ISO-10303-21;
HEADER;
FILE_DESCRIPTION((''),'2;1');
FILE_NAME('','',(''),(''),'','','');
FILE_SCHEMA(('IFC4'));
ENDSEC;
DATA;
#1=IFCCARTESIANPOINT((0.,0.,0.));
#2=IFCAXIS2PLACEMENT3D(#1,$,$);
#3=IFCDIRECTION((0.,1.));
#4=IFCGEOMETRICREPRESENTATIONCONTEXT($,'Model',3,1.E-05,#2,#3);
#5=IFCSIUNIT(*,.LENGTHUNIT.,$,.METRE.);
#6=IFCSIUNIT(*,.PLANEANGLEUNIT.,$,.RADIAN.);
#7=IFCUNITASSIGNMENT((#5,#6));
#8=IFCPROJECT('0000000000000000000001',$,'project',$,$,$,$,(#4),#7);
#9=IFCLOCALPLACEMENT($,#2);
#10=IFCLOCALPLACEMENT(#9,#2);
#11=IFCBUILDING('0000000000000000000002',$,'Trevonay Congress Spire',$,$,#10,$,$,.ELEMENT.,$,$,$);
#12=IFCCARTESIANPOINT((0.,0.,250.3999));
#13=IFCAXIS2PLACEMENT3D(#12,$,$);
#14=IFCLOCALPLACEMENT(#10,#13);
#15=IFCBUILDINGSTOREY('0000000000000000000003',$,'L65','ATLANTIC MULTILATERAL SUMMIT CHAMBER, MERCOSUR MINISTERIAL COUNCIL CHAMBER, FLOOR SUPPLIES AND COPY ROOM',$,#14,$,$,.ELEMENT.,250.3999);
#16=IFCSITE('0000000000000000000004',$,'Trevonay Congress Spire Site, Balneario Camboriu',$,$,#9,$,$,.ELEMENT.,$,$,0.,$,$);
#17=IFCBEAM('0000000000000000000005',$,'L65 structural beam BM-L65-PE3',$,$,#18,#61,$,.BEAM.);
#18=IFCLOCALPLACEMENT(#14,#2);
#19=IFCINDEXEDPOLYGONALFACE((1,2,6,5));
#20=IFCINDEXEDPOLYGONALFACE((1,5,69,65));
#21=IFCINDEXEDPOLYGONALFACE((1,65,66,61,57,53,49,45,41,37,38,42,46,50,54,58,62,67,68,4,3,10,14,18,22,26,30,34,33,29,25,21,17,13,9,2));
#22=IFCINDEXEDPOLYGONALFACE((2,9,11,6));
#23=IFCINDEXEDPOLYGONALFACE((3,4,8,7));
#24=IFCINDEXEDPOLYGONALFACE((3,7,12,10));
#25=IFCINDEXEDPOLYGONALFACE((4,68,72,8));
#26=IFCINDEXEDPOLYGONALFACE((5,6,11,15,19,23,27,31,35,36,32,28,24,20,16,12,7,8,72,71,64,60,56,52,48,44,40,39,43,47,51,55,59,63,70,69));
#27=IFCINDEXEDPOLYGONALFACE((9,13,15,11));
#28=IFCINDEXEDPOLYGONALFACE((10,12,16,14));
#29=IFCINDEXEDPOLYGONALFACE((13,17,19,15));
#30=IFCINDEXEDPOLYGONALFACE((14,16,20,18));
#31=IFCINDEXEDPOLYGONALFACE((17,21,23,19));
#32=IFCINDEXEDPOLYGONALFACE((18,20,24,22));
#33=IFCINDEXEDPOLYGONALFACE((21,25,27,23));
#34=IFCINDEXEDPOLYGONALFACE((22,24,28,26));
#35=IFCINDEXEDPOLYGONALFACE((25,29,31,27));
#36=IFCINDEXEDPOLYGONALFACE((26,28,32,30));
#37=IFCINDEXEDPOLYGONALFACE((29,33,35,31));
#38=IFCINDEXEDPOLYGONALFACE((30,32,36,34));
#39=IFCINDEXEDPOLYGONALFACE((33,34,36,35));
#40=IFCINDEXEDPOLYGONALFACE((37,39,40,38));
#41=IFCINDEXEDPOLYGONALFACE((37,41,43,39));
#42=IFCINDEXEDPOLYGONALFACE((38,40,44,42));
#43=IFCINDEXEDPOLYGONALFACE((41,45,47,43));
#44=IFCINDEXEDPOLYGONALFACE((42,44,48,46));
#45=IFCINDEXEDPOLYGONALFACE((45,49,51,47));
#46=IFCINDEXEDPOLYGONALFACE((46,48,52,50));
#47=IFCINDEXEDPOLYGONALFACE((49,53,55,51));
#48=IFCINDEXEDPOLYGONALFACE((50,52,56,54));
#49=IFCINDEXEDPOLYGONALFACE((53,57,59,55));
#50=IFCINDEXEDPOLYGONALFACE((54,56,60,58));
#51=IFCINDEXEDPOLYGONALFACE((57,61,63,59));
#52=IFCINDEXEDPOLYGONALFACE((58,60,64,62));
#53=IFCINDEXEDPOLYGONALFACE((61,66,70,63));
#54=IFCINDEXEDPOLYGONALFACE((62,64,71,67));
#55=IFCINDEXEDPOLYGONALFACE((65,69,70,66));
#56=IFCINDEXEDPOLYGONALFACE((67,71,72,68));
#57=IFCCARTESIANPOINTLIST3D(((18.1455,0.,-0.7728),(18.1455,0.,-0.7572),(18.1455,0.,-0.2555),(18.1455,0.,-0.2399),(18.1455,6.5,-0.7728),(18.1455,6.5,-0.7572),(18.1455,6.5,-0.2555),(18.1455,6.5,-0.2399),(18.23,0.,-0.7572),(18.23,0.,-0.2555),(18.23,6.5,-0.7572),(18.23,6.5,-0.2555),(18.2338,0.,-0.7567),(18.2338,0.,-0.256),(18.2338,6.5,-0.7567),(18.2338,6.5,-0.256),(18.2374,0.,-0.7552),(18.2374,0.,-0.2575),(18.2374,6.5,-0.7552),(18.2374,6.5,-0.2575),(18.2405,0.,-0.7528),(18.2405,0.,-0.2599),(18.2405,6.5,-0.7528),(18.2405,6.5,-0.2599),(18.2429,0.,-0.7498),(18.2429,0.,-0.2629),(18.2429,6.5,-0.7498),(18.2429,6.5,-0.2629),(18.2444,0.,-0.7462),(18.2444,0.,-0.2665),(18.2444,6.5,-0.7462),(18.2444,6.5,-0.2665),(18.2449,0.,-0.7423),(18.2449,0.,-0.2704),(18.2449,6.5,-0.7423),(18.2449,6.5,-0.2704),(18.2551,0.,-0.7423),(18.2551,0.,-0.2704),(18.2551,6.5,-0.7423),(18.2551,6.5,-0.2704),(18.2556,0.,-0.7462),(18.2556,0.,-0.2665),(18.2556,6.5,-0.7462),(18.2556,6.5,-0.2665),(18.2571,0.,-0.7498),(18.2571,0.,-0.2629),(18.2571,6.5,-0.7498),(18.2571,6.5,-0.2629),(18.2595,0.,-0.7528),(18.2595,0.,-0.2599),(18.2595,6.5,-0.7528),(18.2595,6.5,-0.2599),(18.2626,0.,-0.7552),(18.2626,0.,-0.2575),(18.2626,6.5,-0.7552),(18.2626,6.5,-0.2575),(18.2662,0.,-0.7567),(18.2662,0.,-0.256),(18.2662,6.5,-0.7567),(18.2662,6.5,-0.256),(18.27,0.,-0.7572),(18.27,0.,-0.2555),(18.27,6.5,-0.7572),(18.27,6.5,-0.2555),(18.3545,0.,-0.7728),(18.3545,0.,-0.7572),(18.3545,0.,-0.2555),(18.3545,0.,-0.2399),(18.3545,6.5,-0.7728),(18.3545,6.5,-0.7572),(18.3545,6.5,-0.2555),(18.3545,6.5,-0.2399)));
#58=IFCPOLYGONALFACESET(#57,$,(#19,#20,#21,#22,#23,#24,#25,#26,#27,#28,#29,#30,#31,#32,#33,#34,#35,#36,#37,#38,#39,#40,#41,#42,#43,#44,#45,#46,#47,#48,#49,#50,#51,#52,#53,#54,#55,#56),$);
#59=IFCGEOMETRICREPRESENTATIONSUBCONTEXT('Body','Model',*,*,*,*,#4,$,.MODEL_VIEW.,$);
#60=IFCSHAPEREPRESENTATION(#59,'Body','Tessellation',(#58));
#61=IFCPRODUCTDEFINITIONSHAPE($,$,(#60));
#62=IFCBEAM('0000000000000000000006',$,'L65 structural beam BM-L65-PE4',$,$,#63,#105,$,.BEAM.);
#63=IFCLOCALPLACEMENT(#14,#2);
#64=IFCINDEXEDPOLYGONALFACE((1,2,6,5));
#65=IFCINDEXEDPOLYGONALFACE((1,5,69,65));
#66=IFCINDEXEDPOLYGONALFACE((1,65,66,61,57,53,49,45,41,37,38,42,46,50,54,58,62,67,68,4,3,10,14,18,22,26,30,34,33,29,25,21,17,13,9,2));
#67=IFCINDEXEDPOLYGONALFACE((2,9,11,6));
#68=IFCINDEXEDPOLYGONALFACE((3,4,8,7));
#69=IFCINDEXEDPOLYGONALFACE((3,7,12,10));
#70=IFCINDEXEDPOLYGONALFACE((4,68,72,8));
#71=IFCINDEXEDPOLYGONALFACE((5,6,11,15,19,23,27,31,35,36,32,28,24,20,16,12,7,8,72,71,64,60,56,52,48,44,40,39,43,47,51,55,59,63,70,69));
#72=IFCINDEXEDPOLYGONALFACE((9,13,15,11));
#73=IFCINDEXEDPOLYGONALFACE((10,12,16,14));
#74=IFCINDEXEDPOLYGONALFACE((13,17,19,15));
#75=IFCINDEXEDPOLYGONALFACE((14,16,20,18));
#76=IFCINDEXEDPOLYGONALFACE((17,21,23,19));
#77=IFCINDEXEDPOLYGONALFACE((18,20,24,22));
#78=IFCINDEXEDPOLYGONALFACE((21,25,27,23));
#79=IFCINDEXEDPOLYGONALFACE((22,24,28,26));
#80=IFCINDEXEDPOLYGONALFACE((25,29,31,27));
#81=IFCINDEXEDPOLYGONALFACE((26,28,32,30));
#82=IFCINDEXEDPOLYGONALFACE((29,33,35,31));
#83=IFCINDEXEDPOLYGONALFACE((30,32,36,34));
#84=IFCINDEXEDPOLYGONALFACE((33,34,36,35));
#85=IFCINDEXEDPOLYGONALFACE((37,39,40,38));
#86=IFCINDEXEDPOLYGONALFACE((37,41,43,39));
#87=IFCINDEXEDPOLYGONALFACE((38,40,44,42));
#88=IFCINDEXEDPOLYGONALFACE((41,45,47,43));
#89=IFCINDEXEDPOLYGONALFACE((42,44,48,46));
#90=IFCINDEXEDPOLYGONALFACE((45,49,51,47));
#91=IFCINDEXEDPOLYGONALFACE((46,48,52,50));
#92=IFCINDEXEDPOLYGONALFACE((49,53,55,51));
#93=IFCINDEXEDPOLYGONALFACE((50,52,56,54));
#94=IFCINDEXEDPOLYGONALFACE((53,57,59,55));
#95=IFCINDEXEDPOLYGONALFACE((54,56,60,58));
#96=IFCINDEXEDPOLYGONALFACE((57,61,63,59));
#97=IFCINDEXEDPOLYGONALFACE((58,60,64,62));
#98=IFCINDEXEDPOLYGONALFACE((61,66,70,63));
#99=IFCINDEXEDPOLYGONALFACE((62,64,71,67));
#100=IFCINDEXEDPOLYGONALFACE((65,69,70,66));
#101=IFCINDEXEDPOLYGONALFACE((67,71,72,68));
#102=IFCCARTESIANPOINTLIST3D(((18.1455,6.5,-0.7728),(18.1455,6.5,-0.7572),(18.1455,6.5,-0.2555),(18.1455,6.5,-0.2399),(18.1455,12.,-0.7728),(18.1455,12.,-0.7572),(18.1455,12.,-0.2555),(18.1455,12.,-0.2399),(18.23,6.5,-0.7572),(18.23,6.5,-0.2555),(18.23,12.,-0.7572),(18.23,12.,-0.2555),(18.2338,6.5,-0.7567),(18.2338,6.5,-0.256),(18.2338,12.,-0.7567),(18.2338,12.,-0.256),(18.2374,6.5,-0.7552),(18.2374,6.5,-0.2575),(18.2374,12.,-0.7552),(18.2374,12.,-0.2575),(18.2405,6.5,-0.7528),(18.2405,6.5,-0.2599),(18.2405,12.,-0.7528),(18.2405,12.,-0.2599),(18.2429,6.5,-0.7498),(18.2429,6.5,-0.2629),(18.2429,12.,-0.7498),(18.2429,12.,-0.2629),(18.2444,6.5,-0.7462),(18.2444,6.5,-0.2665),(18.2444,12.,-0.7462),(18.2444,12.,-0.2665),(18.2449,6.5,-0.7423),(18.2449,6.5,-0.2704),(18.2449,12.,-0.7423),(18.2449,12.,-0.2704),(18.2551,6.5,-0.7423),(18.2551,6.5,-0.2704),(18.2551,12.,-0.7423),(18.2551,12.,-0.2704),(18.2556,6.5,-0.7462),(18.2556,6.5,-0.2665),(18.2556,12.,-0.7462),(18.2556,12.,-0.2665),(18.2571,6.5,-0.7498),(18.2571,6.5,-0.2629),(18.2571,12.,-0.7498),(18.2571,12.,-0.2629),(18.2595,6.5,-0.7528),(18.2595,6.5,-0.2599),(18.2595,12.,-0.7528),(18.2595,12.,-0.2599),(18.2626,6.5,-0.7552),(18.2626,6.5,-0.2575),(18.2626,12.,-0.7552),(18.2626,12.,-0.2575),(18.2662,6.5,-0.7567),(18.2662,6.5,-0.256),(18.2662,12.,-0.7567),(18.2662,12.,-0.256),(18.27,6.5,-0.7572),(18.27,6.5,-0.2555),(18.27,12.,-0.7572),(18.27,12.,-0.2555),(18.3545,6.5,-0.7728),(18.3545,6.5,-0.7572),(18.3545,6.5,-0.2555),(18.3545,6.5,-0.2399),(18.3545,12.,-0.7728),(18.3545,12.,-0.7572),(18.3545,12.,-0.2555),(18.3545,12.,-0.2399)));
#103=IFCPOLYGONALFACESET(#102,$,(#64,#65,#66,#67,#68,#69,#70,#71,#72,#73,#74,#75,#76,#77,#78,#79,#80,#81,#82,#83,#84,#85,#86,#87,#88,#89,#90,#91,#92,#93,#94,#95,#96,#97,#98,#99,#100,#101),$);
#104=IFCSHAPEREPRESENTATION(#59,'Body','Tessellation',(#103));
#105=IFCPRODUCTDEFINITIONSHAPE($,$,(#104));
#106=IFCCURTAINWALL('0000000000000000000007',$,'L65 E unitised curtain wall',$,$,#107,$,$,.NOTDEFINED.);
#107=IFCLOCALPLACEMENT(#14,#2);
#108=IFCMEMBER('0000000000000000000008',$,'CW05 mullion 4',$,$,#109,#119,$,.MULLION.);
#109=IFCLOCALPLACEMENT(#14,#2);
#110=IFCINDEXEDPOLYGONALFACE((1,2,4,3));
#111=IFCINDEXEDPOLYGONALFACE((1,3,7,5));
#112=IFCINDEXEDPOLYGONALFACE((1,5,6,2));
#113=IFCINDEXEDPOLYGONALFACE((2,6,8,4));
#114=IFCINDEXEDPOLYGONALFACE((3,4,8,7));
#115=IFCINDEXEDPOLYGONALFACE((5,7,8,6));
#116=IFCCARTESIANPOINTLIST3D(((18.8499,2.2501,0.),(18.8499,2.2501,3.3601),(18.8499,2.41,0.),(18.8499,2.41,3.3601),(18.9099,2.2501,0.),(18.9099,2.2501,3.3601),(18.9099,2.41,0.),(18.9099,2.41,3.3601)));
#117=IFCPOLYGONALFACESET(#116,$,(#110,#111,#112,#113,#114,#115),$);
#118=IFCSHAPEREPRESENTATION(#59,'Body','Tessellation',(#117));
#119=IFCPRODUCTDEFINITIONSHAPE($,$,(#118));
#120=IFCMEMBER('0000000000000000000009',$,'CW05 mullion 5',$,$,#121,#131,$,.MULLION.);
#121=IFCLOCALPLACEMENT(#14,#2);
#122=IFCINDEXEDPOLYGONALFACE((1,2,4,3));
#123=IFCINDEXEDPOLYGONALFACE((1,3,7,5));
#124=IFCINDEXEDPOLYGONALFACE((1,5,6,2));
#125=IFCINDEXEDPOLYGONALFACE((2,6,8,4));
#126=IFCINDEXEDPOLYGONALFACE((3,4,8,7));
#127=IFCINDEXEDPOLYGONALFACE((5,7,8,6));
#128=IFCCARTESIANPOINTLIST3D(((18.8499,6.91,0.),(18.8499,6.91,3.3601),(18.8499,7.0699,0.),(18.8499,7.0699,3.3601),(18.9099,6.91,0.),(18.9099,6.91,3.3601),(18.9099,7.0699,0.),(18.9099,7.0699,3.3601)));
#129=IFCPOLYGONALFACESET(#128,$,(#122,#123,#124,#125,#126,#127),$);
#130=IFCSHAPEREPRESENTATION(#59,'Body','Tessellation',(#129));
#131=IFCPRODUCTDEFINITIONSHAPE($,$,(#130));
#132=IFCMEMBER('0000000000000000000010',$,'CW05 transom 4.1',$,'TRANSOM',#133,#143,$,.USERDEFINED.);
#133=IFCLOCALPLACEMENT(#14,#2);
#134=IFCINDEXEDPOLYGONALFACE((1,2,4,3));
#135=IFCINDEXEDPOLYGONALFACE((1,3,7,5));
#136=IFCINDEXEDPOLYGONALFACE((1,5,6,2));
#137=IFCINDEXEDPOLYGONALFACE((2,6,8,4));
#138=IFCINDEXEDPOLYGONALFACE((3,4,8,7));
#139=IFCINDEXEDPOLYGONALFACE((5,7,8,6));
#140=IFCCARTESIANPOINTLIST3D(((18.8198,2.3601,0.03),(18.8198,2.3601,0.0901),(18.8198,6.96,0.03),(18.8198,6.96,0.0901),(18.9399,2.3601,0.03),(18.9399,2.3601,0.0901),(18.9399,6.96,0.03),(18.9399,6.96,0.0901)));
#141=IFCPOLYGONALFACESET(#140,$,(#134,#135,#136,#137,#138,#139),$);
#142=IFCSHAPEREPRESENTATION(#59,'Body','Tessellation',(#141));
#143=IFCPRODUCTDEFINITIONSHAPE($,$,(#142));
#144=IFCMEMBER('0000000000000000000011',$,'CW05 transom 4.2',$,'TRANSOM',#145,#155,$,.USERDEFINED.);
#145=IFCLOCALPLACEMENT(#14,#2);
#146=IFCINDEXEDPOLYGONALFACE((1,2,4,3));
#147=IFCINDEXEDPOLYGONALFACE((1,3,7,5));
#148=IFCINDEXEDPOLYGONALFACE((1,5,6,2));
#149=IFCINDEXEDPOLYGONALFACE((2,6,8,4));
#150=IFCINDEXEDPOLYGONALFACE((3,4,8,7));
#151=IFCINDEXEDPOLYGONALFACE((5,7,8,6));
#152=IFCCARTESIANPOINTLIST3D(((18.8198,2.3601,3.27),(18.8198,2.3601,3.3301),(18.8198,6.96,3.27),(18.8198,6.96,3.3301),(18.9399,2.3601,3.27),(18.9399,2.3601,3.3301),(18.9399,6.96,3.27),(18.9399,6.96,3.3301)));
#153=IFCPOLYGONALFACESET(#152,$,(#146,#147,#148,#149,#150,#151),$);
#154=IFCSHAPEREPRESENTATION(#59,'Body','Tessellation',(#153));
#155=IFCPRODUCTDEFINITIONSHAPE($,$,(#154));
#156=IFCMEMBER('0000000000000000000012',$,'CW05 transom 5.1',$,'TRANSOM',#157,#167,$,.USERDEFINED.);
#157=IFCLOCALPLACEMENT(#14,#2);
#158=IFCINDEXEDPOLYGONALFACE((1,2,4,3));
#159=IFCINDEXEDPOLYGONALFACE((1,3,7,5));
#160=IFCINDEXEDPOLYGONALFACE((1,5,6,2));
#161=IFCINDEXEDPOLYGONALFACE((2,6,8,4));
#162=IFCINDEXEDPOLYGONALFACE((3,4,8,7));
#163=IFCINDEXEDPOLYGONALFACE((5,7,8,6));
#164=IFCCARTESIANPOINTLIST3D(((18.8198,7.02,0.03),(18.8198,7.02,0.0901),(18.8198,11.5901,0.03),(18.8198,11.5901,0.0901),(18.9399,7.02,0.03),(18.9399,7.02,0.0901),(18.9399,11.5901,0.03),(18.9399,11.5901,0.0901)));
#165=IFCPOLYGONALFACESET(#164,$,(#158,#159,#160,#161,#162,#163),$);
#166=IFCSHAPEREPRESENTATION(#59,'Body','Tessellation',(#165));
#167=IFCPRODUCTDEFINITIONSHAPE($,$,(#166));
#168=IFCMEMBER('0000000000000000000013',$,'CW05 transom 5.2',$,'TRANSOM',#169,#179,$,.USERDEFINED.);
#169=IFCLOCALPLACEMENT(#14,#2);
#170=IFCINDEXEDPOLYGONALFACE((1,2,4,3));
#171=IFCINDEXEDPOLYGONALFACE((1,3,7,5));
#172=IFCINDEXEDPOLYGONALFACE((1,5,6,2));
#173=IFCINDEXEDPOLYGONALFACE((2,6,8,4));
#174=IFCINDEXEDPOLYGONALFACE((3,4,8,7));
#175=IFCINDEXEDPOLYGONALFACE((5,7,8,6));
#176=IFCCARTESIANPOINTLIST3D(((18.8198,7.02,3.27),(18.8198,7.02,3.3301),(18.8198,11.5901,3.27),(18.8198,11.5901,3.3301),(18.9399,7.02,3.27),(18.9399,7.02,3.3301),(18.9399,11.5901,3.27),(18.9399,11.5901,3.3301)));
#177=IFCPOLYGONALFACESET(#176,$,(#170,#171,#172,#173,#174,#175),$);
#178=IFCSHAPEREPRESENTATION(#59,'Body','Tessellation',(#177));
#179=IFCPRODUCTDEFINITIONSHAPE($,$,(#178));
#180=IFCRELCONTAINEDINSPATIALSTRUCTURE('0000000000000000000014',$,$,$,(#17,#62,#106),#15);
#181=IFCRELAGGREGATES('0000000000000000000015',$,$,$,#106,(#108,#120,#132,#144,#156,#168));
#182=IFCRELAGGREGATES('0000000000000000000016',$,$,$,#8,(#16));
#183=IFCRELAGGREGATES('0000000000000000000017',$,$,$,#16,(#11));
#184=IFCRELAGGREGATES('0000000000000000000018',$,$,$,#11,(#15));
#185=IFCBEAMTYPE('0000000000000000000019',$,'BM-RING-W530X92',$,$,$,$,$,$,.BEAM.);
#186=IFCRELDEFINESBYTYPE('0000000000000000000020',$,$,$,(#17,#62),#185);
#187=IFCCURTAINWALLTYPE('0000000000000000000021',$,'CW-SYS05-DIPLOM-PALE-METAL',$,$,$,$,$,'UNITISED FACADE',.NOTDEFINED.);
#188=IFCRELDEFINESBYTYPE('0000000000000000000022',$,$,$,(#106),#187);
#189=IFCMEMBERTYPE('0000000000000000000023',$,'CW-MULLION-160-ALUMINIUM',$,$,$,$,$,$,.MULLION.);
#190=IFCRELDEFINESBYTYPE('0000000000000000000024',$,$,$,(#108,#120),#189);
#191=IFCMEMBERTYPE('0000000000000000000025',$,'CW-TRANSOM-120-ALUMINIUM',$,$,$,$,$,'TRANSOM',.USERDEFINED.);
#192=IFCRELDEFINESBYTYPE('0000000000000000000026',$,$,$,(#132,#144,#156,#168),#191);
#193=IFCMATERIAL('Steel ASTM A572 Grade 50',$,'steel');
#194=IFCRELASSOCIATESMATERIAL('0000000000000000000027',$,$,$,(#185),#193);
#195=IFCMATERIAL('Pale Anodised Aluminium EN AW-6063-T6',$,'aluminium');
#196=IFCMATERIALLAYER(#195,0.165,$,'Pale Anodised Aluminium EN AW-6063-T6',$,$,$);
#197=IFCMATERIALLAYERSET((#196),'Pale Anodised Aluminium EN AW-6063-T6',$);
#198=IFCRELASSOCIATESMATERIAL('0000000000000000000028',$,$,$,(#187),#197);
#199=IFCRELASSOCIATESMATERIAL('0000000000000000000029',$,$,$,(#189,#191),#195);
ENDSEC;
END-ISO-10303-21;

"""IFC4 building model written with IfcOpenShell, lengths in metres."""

from ifc_helpers import new_model, si_unit, direction, frame, origin, origin_2d, place, context, subcontext, project, spatial, rectangle, i_section, extrude, material, layer, layer_set, material_profile, profile_set, type_object, element, aggregate, save


model = new_model("IFC4")

# Units and contexts
model_context = context("Model", 3, precision=1e-05, world=origin(), true_north=direction((0.0, 1.0)))
body_context = subcontext(model_context, "Body", "Model", "MODEL_VIEW")
ifc_project = project(units=[si_unit("LENGTHUNIT", "METRE"), si_unit("PLANEANGLEUNIT", "RADIAN")], contexts=[model_context])

# Site, building, storey
site_placement = place(None, origin())
site = spatial("IfcSite", under=ifc_project, at=site_placement, Name="Trevonay Congress Spire Site, Balneario Camboriu", CompositionType="ELEMENT", RefElevation=0.0)
building_placement = place(site_placement, origin())
building = spatial("IfcBuilding", under=site, at=building_placement, Name="Trevonay Congress Spire", CompositionType="ELEMENT")
storey_placement = place(building_placement, frame((0.0, 0.0, 250.3999)))
storey = spatial("IfcBuildingStorey", under=building, at=storey_placement, Name="L65", Description="ATLANTIC MULTILATERAL SUMMIT CHAMBER, MERCOSUR MINISTERIAL COUNCIL CHAMBER, FLOOR SUPPLIES AND COPY ROOM", CompositionType="ELEMENT", Elevation=250.3999)

# Shared definitions
ifc_material_1 = material(Name="Steel ASTM A572 Grade 50", Category="steel")

# Beams
ifc_material_profile_1 = material_profile(ifc_material_1, i_section(OverallWidth=0.209, OverallDepth=0.533, WebThickness=0.0103, FlangeThickness=0.0156, FilletRadius=0.0149, at=origin_2d()), Name="W530x92")
ifc_profile_set_1 = profile_set([ifc_material_profile_1], Name="Steel ASTM A572 Grade 50")
beam_type_1 = type_object("IfcBeamType", Name="BM-RING-W530X92", PredefinedType="BEAM", material=ifc_profile_set_1)
beam_1_placement = place(storey_placement, frame((18.25, 0.0, -0.5063), z_axis=(0.0, 1.0, 0.0), x_axis=(-1.0, 0.0, 0.0)))
element("IfcBeam", 1, at=beam_1_placement, inside=storey, type_object=beam_type_1, Name="L65 structural beam BM-L65-PE3", PredefinedType="BEAM", context=body_context, shape_type="SweptSolid", body=[
    extrude(i_section(OverallWidth=0.209, OverallDepth=0.533, WebThickness=0.0103, FlangeThickness=0.0156, FilletRadius=0.0149, at=origin_2d()), origin(), (0.0, 0.0, 1.0), 6.5),
])
beam_2_placement = place(storey_placement, frame((18.25, 6.5, -0.5063), z_axis=(0.0, 1.0, 0.0), x_axis=(-1.0, 0.0, 0.0)))
element("IfcBeam", 2, at=beam_2_placement, inside=storey, type_object=beam_type_1, Name="L65 structural beam BM-L65-PE4", PredefinedType="BEAM", context=body_context, shape_type="SweptSolid", body=[
    extrude(i_section(OverallWidth=0.209, OverallDepth=0.533, WebThickness=0.0103, FlangeThickness=0.0156, FilletRadius=0.0149, at=origin_2d()), origin(), (0.0, 0.0, 1.0), 5.5),
])

# Curtain wall, members
ifc_material_2 = material(Name="Pale Anodised Aluminium EN AW-6063-T6", Category="aluminium")
ifc_layer_1 = layer(ifc_material_2, 0.165, Name="Pale Anodised Aluminium EN AW-6063-T6")
ifc_layer_set_1 = layer_set([ifc_layer_1], Name="Pale Anodised Aluminium EN AW-6063-T6")
curtain_wall_type = type_object("IfcCurtainWallType", Name="CW-SYS05-DIPLOM-PALE-METAL", ElementType="UNITISED FACADE", PredefinedType="NOTDEFINED", material=ifc_layer_set_1)
curtain_wall_placement = place(storey_placement, origin())
curtain_wall = element("IfcCurtainWall", 3, at=curtain_wall_placement, inside=storey, type_object=curtain_wall_type, Name="L65 E unitised curtain wall", PredefinedType="NOTDEFINED")
ifc_material_profile_2 = material_profile(ifc_material_2, rectangle(XDim=0.0601, YDim=0.1599, at=origin_2d()), Name="CW-MULLION-160-ALUMINIUM")
ifc_profile_set_2 = profile_set([ifc_material_profile_2], Name="Pale Anodised Aluminium EN AW-6063-T6")
member_type_1 = type_object("IfcMemberType", Name="CW-MULLION-160-ALUMINIUM", PredefinedType="MULLION", material=ifc_profile_set_2)
member_1_placement = place(storey_placement, frame((18.8799, 2.3301, 0.0), z_axis=(0.0, 0.0, 1.0), x_axis=(-1.0, 0.0, 0.0)))
member_1 = element("IfcMember", 4, at=member_1_placement, type_object=member_type_1, Name="CW05 mullion 4", PredefinedType="MULLION", context=body_context, shape_type="SweptSolid", body=[
    extrude(rectangle(XDim=0.0601, YDim=0.1599, at=origin_2d()), origin(), (0.0, 0.0, 1.0), 3.3601),
])
member_2_placement = place(storey_placement, frame((18.8799, 6.99, 0.0), z_axis=(0.0, 0.0, 1.0), x_axis=(-1.0, 0.0, 0.0)))
member_2 = element("IfcMember", 5, at=member_2_placement, type_object=member_type_1, Name="CW05 mullion 5", PredefinedType="MULLION", context=body_context, shape_type="SweptSolid", body=[
    extrude(rectangle(XDim=0.0601, YDim=0.1599, at=origin_2d()), origin(), (0.0, 0.0, 1.0), 3.3601),
])
ifc_material_profile_3 = material_profile(ifc_material_2, rectangle(XDim=0.1201, YDim=0.0601, at=origin_2d()), Name="CW-TRANSOM-120-ALUMINIUM")
ifc_profile_set_3 = profile_set([ifc_material_profile_3], Name="Pale Anodised Aluminium EN AW-6063-T6")
member_type_2 = type_object("IfcMemberType", Name="CW-TRANSOM-120-ALUMINIUM", ElementType="TRANSOM", PredefinedType="USERDEFINED", material=ifc_profile_set_3)
member_3_placement = place(storey_placement, frame((18.8799, 2.3601, 0.0601), z_axis=(0.0, 1.0, 0.0), x_axis=(-1.0, 0.0, 0.0)))
member_3 = element("IfcMember", 6, at=member_3_placement, type_object=member_type_2, Name="CW05 transom 4.1", ObjectType="TRANSOM", PredefinedType="USERDEFINED", context=body_context, shape_type="SweptSolid", body=[
    extrude(rectangle(XDim=0.1201, YDim=0.0601, at=origin_2d()), origin(), (0.0, 0.0, 1.0), 4.5999),
])
member_4_placement = place(storey_placement, frame((18.8799, 2.3601, 3.3), z_axis=(0.0, 1.0, 0.0), x_axis=(-1.0, 0.0, 0.0)))
member_4 = element("IfcMember", 7, at=member_4_placement, type_object=member_type_2, Name="CW05 transom 4.2", ObjectType="TRANSOM", PredefinedType="USERDEFINED", context=body_context, shape_type="SweptSolid", body=[
    extrude(rectangle(XDim=0.1201, YDim=0.0601, at=origin_2d()), origin(), (0.0, 0.0, 1.0), 4.5999),
])
member_5_placement = place(storey_placement, frame((18.8799, 7.02, 0.0601), z_axis=(0.0, 1.0, 0.0), x_axis=(-1.0, 0.0, 0.0)))
member_5 = element("IfcMember", 8, at=member_5_placement, type_object=member_type_2, Name="CW05 transom 5.1", ObjectType="TRANSOM", PredefinedType="USERDEFINED", context=body_context, shape_type="SweptSolid", body=[
    extrude(rectangle(XDim=0.1201, YDim=0.0601, at=origin_2d()), origin(), (0.0, 0.0, 1.0), 4.5701),
])
member_6_placement = place(storey_placement, frame((18.8799, 7.02, 3.3), z_axis=(0.0, 1.0, 0.0), x_axis=(-1.0, 0.0, 0.0)))
member_6 = element("IfcMember", 9, at=member_6_placement, type_object=member_type_2, Name="CW05 transom 5.2", ObjectType="TRANSOM", PredefinedType="USERDEFINED", context=body_context, shape_type="SweptSolid", body=[
    extrude(rectangle(XDim=0.1201, YDim=0.0601, at=origin_2d()), origin(), (0.0, 0.0, 1.0), 4.5701),
])

aggregate(curtain_wall, [member_1, member_2, member_3, member_4, member_5, member_6])

save(model, "model.ifc")
